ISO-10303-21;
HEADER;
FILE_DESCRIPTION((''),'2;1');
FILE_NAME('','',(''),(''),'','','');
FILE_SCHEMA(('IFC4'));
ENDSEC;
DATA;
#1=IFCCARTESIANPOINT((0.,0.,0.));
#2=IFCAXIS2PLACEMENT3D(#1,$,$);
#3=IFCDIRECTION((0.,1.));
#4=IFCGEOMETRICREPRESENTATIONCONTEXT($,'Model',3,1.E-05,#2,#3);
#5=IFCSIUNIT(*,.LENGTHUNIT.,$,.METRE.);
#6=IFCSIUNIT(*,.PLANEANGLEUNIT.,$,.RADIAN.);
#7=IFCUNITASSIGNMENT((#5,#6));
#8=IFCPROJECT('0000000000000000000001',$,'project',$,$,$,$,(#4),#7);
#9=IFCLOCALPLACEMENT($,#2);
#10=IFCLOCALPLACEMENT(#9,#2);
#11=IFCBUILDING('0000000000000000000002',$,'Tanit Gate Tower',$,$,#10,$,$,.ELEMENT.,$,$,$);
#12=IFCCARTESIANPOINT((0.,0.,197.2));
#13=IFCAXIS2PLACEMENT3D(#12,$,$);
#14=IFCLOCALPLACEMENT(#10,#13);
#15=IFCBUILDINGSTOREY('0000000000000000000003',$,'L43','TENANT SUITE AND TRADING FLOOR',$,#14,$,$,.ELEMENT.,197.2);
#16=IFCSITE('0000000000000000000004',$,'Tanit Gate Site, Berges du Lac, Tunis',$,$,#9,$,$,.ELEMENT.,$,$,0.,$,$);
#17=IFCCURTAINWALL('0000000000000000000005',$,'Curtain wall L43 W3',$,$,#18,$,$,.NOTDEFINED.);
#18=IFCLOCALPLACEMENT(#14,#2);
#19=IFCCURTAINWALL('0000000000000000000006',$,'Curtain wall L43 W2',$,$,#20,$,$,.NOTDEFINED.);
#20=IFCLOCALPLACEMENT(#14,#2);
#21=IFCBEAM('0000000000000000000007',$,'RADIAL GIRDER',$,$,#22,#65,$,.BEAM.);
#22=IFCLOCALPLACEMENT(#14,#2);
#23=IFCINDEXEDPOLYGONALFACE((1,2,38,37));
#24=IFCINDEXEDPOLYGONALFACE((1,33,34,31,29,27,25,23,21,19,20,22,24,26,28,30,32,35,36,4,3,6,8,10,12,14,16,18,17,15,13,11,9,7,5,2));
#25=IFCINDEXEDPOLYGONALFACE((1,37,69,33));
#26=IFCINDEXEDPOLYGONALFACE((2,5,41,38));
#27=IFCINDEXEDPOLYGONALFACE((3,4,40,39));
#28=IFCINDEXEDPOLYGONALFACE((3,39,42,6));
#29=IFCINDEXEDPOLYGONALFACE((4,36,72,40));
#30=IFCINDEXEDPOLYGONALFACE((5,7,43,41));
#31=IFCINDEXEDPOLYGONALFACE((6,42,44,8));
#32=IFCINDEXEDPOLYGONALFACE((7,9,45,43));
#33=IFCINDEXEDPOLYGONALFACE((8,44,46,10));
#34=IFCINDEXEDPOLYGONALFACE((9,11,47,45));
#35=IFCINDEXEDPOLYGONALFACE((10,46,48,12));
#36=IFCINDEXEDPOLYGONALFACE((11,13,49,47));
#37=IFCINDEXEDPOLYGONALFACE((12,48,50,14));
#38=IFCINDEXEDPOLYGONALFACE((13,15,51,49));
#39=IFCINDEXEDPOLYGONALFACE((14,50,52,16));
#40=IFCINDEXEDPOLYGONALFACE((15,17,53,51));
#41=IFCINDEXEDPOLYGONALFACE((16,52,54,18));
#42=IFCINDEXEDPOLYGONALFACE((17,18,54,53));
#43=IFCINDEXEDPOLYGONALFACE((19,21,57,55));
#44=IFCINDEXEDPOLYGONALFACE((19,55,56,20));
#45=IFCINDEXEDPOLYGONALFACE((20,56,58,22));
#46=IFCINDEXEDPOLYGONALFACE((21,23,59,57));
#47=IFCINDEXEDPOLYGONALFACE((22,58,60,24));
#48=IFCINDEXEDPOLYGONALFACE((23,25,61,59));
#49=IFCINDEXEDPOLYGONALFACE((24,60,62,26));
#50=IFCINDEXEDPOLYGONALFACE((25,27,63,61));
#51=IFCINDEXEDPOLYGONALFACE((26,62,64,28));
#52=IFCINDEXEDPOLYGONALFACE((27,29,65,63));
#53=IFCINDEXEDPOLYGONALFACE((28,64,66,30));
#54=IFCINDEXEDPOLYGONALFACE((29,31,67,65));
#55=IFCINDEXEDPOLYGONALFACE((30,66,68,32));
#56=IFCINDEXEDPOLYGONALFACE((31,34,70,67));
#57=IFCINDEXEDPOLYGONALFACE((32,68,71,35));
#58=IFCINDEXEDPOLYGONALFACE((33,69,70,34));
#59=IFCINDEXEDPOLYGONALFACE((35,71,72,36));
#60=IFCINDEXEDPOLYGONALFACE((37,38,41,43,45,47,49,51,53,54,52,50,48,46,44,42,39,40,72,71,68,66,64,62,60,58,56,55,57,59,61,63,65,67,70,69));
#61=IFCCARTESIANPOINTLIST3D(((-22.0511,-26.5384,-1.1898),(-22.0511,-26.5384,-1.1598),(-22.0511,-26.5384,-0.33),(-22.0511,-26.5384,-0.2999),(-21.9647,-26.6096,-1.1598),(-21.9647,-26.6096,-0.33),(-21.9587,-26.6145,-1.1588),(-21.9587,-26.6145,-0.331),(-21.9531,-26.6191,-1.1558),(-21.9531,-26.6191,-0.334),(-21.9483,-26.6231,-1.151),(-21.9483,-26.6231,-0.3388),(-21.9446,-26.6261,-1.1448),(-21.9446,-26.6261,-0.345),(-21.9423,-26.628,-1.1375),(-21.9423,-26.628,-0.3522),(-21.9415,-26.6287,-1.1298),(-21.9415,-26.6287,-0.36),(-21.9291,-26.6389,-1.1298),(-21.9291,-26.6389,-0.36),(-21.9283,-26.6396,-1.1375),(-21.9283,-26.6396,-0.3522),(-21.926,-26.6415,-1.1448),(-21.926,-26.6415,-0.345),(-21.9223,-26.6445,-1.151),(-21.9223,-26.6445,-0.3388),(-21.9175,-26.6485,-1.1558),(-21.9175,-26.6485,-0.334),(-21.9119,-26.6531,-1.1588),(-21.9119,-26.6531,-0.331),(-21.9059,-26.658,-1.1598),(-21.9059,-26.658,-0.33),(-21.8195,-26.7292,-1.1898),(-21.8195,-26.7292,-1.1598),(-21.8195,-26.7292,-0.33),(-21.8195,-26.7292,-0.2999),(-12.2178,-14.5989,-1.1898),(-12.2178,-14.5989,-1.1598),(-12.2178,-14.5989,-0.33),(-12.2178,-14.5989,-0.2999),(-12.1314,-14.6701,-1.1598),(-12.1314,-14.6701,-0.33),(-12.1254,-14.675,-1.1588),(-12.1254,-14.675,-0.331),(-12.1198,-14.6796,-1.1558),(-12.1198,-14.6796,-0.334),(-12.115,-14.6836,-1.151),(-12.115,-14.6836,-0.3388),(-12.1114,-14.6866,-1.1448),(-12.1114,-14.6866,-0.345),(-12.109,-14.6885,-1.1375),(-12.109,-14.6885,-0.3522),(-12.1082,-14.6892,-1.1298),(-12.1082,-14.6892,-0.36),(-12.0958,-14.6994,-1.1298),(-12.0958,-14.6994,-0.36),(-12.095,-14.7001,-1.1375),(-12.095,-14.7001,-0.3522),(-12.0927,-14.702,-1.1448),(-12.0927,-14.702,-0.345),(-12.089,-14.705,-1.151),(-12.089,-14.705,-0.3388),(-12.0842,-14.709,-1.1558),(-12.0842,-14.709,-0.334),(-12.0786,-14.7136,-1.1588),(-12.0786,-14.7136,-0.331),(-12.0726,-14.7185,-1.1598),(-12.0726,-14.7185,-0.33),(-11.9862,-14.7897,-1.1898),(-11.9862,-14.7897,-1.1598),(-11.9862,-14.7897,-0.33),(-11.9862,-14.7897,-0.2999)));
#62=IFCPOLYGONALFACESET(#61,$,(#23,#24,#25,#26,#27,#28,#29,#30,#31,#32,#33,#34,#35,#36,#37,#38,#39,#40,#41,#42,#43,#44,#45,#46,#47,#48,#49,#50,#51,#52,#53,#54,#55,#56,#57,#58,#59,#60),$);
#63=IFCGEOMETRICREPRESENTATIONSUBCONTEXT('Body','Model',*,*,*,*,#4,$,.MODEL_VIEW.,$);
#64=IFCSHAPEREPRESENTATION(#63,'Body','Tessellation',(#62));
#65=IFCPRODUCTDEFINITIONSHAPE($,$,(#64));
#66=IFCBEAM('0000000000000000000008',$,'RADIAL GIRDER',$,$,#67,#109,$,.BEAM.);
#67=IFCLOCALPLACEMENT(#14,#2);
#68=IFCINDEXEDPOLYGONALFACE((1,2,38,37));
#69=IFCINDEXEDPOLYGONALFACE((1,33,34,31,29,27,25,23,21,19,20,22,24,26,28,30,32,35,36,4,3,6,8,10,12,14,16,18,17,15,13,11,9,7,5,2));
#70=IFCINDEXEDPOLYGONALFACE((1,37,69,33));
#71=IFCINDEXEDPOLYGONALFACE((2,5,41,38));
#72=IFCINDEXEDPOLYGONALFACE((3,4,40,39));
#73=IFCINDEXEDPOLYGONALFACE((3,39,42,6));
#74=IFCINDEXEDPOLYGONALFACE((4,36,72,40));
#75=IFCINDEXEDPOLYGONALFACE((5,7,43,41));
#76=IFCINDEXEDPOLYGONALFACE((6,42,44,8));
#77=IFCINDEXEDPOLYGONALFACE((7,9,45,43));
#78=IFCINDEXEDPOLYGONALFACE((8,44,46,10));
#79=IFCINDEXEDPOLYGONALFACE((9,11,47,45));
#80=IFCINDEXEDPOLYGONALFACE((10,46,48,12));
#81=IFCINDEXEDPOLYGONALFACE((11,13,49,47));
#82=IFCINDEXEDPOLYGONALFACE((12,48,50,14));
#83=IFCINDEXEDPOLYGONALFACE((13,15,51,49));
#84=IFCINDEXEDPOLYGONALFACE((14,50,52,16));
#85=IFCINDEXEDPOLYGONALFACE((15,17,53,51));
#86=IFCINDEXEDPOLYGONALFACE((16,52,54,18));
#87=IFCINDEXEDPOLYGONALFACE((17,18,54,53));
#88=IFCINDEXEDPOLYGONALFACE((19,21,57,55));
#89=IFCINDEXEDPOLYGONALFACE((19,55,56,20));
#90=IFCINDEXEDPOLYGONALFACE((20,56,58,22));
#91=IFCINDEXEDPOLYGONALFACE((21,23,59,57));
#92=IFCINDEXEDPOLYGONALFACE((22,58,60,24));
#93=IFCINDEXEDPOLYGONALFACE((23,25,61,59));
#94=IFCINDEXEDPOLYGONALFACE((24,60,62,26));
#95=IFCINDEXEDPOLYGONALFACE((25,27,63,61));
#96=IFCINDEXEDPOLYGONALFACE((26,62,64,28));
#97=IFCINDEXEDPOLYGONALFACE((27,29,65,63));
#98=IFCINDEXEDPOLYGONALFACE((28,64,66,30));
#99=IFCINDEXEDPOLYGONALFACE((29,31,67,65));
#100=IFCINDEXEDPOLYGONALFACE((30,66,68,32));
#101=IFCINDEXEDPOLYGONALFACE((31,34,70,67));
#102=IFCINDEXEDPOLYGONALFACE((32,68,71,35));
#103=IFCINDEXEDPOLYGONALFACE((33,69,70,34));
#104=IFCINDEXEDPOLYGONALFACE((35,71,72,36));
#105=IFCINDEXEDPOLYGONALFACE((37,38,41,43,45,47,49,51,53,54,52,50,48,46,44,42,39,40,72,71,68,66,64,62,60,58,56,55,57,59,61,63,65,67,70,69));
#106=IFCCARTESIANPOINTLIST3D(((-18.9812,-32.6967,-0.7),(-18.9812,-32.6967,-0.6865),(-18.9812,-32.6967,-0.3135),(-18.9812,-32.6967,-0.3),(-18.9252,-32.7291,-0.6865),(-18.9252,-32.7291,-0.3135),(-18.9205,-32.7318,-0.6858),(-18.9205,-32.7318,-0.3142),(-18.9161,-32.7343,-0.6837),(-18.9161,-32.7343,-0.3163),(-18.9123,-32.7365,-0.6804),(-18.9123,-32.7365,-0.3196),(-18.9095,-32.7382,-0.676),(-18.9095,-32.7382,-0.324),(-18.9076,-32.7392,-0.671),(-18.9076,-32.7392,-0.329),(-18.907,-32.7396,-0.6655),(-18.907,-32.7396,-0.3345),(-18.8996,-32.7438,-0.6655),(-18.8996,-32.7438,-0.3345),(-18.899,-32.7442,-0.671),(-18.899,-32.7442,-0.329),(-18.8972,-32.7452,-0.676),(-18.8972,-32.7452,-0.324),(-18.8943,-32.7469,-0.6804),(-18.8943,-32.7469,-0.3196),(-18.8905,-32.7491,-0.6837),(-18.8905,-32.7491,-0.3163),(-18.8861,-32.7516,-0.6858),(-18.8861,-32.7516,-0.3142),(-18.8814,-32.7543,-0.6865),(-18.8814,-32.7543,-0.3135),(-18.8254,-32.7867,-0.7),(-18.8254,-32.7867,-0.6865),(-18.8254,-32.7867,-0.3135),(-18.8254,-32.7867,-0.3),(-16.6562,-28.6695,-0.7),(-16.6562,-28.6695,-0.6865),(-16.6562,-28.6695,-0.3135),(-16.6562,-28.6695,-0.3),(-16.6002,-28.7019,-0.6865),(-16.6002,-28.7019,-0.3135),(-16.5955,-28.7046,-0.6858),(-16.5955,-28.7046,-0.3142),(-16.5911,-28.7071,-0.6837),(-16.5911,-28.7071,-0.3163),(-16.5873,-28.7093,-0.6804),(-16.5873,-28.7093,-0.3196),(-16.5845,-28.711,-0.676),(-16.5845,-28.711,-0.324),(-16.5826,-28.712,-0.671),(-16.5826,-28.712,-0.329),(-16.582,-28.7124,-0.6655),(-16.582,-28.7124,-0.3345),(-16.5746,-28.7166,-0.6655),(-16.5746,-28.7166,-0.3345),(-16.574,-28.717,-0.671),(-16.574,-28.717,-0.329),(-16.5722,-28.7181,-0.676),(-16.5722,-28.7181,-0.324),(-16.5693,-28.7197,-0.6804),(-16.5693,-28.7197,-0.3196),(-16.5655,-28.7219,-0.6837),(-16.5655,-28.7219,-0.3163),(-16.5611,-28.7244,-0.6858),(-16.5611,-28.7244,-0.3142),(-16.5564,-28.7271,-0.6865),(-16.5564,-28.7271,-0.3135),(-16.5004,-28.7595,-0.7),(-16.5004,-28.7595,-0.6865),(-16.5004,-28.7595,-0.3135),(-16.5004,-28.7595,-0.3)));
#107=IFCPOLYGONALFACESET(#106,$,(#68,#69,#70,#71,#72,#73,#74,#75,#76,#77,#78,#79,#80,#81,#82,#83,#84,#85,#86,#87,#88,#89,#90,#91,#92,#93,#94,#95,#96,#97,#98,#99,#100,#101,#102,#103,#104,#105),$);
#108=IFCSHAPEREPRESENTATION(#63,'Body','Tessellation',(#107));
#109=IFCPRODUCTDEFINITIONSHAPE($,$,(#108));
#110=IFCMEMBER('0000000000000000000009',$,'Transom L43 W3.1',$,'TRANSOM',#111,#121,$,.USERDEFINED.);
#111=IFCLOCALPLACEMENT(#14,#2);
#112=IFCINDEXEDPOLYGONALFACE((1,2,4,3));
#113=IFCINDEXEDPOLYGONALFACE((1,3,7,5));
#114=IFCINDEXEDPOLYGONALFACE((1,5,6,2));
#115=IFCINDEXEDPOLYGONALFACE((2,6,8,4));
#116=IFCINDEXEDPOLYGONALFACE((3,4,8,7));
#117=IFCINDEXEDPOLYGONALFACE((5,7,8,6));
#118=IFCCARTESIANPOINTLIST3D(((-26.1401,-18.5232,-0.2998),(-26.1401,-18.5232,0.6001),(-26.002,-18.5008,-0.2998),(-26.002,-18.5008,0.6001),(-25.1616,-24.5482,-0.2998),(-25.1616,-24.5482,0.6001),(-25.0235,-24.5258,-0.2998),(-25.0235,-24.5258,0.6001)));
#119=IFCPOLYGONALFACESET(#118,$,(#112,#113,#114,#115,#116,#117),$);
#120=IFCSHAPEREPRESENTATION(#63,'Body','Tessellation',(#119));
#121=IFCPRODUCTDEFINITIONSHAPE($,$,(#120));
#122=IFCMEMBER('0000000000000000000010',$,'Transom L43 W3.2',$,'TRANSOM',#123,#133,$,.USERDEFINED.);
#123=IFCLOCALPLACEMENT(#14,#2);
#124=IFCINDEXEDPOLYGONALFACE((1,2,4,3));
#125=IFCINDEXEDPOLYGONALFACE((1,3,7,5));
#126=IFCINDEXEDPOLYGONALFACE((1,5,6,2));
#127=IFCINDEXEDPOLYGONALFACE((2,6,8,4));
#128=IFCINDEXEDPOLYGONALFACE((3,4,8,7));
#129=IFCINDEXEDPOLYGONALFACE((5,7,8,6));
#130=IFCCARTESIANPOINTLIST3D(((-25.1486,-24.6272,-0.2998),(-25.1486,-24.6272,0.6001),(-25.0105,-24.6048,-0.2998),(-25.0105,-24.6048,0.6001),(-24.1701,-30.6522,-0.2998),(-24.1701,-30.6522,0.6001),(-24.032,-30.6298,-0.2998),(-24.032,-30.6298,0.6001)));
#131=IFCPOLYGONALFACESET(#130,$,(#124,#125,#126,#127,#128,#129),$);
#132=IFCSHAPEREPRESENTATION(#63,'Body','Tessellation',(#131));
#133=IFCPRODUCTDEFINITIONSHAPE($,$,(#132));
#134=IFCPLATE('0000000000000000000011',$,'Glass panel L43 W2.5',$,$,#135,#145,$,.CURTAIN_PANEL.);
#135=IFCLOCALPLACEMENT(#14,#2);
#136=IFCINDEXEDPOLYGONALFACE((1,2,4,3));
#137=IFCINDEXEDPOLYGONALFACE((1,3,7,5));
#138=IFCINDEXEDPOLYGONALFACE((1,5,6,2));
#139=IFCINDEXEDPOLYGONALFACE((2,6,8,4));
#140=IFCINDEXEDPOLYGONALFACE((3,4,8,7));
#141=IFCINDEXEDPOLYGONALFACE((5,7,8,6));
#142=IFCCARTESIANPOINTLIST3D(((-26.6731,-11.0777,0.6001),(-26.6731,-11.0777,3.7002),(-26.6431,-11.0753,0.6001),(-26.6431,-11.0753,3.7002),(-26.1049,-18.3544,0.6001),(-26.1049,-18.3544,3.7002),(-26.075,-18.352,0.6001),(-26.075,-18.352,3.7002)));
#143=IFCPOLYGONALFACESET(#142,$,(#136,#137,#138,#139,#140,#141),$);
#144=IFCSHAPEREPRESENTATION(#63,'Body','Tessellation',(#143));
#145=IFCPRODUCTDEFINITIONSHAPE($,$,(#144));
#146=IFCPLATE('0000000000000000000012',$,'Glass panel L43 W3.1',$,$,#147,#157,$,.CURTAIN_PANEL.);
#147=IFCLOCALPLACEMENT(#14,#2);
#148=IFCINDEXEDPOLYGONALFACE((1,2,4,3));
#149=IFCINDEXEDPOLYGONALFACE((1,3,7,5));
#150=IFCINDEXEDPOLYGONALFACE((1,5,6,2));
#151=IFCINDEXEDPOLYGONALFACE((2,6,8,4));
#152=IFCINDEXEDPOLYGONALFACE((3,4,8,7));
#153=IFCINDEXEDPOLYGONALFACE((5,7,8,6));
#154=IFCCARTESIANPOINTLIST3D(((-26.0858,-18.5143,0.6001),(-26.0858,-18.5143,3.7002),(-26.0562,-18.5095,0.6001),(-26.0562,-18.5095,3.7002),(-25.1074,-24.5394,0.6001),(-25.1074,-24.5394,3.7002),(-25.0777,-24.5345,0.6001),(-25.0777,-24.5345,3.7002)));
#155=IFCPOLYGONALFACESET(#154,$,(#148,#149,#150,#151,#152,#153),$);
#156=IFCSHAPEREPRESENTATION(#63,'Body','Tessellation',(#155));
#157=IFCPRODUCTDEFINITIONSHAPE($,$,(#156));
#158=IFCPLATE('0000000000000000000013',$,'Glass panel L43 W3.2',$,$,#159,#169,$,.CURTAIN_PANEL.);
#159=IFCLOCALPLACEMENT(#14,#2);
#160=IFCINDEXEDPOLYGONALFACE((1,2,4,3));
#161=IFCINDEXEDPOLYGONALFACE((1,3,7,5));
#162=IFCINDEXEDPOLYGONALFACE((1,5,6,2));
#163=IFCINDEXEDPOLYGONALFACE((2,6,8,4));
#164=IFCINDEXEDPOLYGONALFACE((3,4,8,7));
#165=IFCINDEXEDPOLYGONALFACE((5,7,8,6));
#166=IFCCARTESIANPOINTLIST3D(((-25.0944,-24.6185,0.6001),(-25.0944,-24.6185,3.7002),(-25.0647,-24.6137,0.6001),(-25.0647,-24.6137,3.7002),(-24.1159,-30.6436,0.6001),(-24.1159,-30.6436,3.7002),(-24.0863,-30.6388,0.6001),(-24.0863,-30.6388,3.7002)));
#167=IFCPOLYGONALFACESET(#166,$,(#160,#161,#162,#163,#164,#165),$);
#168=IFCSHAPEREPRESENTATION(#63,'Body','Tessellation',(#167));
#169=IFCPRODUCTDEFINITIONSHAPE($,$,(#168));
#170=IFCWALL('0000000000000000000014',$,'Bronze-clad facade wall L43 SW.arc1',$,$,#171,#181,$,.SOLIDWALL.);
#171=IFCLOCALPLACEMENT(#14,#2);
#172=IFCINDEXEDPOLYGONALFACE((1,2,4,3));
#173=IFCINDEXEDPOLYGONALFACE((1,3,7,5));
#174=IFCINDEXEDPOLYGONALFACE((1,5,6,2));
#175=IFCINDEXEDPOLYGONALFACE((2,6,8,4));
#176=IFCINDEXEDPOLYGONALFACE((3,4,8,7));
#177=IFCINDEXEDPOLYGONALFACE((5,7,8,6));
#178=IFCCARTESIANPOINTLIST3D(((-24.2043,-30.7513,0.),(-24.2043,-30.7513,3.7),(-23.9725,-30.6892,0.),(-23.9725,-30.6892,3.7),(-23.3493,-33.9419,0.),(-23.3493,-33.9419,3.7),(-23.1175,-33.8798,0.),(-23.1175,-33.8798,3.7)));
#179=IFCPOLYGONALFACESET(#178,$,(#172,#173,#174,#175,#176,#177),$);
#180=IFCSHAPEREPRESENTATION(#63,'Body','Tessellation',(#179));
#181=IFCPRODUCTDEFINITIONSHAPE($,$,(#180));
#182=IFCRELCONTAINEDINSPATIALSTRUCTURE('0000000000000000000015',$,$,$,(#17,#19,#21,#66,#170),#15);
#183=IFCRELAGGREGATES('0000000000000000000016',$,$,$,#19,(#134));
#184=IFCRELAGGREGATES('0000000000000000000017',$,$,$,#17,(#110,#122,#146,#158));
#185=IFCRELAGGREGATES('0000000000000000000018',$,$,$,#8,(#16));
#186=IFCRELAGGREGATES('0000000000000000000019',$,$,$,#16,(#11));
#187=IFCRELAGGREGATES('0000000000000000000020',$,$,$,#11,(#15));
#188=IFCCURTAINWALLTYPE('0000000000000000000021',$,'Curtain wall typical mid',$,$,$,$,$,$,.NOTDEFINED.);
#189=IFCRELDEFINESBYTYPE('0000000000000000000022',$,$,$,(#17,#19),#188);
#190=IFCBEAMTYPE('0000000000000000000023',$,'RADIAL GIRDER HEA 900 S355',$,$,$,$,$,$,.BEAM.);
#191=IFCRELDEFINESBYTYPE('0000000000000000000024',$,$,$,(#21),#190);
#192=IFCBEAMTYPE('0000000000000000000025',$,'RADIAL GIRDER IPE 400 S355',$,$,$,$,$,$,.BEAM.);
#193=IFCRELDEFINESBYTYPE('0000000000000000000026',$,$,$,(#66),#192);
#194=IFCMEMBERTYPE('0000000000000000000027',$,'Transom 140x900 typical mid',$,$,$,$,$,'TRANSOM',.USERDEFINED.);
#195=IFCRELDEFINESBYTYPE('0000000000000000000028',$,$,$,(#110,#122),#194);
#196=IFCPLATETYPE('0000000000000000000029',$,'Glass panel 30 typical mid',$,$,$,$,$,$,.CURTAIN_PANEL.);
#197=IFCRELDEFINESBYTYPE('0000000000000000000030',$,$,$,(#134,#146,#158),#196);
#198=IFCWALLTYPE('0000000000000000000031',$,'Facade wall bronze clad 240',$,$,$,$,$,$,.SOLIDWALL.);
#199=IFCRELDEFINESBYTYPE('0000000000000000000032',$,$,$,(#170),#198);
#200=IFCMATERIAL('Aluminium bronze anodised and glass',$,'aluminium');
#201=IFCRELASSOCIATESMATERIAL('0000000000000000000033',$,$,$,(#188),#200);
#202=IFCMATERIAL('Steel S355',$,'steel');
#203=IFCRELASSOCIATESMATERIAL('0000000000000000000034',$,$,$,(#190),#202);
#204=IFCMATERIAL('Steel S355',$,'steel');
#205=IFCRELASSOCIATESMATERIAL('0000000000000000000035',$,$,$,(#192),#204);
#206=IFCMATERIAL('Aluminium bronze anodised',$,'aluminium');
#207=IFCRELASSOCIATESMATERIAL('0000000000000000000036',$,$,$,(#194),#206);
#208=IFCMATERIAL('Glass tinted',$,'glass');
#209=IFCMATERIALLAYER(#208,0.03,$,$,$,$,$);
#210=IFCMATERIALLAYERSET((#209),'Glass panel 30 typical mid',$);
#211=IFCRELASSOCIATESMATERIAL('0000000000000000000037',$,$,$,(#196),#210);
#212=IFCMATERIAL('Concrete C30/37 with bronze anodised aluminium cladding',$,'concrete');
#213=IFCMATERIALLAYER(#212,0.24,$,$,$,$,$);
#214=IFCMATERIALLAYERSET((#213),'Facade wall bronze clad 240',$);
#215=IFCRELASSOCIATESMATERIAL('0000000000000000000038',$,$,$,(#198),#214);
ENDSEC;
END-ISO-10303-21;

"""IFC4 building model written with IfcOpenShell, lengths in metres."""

from ifc_helpers import new_model, si_unit, direction, frame, frame_2d, origin, origin_2d, place, context, subcontext, project, spatial, rectangle, i_section, extrude, material, layer, layer_set, material_profile, profile_set, type_object, element, aggregate, save


model = new_model("IFC4")

# Units and contexts
model_context = context("Model", 3, precision=1e-05, world=origin(), true_north=direction((0.0, 1.0)))
body_context = subcontext(model_context, "Body", "Model", "MODEL_VIEW")
ifc_project = project(units=[si_unit("LENGTHUNIT", "METRE"), si_unit("PLANEANGLEUNIT", "RADIAN")], contexts=[model_context])

# Site, building, storey
site_placement = place(None, origin())
site = spatial("IfcSite", under=ifc_project, at=site_placement, Name="Tanit Gate Site, Berges du Lac, Tunis", CompositionType="ELEMENT", RefElevation=0.0)
building_placement = place(site_placement, origin())
building = spatial("IfcBuilding", under=site, at=building_placement, Name="Tanit Gate Tower", CompositionType="ELEMENT")
storey_placement = place(building_placement, frame((0.0, 0.0, 197.2)))
storey = spatial("IfcBuildingStorey", under=building, at=storey_placement, Name="L43", Description="TENANT SUITE AND TRADING FLOOR", CompositionType="ELEMENT", Elevation=197.2)

# Curtain wall
ifc_material_1 = material(Name="Aluminium bronze anodised and glass", Category="aluminium")
curtain_wall_type = type_object("IfcCurtainWallType", Name="Curtain wall typical mid", PredefinedType="NOTDEFINED", material=ifc_material_1)
curtain_wall_1_placement = place(storey_placement, origin())
curtain_wall_1 = element("IfcCurtainWall", 1, at=curtain_wall_1_placement, inside=storey, type_object=curtain_wall_type, Name="Curtain wall L43 W3", PredefinedType="NOTDEFINED")

# Curtain wall
curtain_wall_2_placement = place(storey_placement, origin())
curtain_wall_2 = element("IfcCurtainWall", 2, at=curtain_wall_2_placement, inside=storey, type_object=curtain_wall_type, Name="Curtain wall L43 W2", PredefinedType="NOTDEFINED")

# Beams
ifc_material_2 = material(Name="Steel S355", Category="steel")
ifc_material_profile_1 = material_profile(ifc_material_2, i_section(OverallWidth=0.3, OverallDepth=0.8899, WebThickness=0.0161, FlangeThickness=0.03, FilletRadius=0.03, at=origin_2d()), Name="HEA 900")
ifc_profile_set_1 = profile_set([ifc_material_profile_1], Name="Steel S355")
beam_type_1 = type_object("IfcBeamType", Name="RADIAL GIRDER HEA 900 S355", PredefinedType="BEAM", material=ifc_profile_set_1)
beam_1_placement = place(storey_placement, frame((-21.9353, -26.6338, -0.7449), z_axis=(0.635737, 0.771906, 0.0), x_axis=(-0.771906, 0.635737, 0.0)))
element("IfcBeam", 3, at=beam_1_placement, inside=storey, type_object=beam_type_1, Name="RADIAL GIRDER", PredefinedType="BEAM", context=body_context, shape_type="SweptSolid", body=[
    extrude(i_section(OverallWidth=0.3, OverallDepth=0.8899, WebThickness=0.0161, FlangeThickness=0.03, FilletRadius=0.03, at=origin_2d()), origin(), (0.0, 0.0, 1.0), 15.4675),
])
ifc_material_3 = material(Name="Steel S355", Category="steel")
ifc_material_profile_2 = material_profile(ifc_material_3, i_section(OverallWidth=0.1799, OverallDepth=0.3999, WebThickness=0.0085, FlangeThickness=0.0134, FilletRadius=0.021, at=origin_2d()), Name="IPE 400")
ifc_profile_set_2 = profile_set([ifc_material_profile_2], Name="Steel S355")
beam_type_2 = type_object("IfcBeamType", Name="RADIAL GIRDER IPE 400 S355", PredefinedType="BEAM", material=ifc_profile_set_2)
beam_2_placement = place(storey_placement, frame((-18.9033, -32.7417, -0.5), z_axis=(0.499985, 0.866034, 0.0), x_axis=(-0.866034, 0.499985, 0.0)))
element("IfcBeam", 4, at=beam_2_placement, inside=storey, type_object=beam_type_2, Name="RADIAL GIRDER", PredefinedType="BEAM", context=body_context, shape_type="SweptSolid", body=[
    extrude(i_section(OverallWidth=0.1799, OverallDepth=0.3999, WebThickness=0.0085, FlangeThickness=0.0134, FilletRadius=0.021, at=origin_2d()), origin(), (0.0, 0.0, 1.0), 4.6501),
])

# Members
ifc_material_4 = material(Name="Aluminium bronze anodised", Category="aluminium")
ifc_material_profile_3 = material_profile(ifc_material_4, rectangle(XDim=0.1399, YDim=0.8999, at=origin_2d()), Name="140x900 bronze transom")
ifc_profile_set_3 = profile_set([ifc_material_profile_3], Name="Aluminium bronze anodised")
member_type_1 = type_object("IfcMemberType", Name="Transom 140x900 typical mid", ElementType="TRANSOM", PredefinedType="USERDEFINED", material=ifc_profile_set_3)
member_1_placement = place(storey_placement, frame((-26.071, -18.512, 0.1501), z_axis=(0.160305, -0.987068, 0.0), x_axis=(0.987068, 0.160305, 0.0)))
member_1 = element("IfcMember", 5, at=member_1_placement, type_object=member_type_1, Name="Transom L43 W3.1", ObjectType="TRANSOM", PredefinedType="USERDEFINED", context=body_context, shape_type="SweptSolid", body=[
    extrude(rectangle(XDim=0.1399, YDim=0.8999, at=origin_2d()), origin(), (0.0, 0.0, 1.0), 6.104),
])
member_2_placement = place(storey_placement, frame((-25.0796, -24.616, 0.1501), z_axis=(0.160305, -0.987068, 0.0), x_axis=(0.987068, 0.160305, 0.0)))
member_2 = element("IfcMember", 6, at=member_2_placement, type_object=member_type_1, Name="Transom L43 W3.2", ObjectType="TRANSOM", PredefinedType="USERDEFINED", context=body_context, shape_type="SweptSolid", body=[
    extrude(rectangle(XDim=0.1399, YDim=0.8999, at=origin_2d()), origin(), (0.0, 0.0, 1.0), 6.104),
])

# Plates
ifc_material_5 = material(Name="Glass tinted", Category="glass")
ifc_layer_1 = layer(ifc_material_5, 0.03)
ifc_layer_set_1 = layer_set([ifc_layer_1], Name="Glass panel 30 typical mid")
plate_type = type_object("IfcPlateType", Name="Glass panel 30 typical mid", PredefinedType="CURTAIN_PANEL", material=ifc_layer_set_1)
plate_1_placement = place(storey_placement, frame((-26.374, -14.7148, 0.6001), z_axis=(0.0, 0.0, 1.0), x_axis=(0.077839, -0.996966, 0.0)))
plate_1 = element("IfcPlate", 7, at=plate_1_placement, type_object=plate_type, Name="Glass panel L43 W2.5", PredefinedType="CURTAIN_PANEL", context=body_context, shape_type="SweptSolid", body=[
    extrude(rectangle(XDim=7.2988, YDim=0.03, at=origin_2d()), origin(), (0.0, 0.0, 1.0), 3.1001),
])
aggregate(curtain_wall_2, [plate_1])
plate_2_placement = place(storey_placement, frame((-25.5818, -21.5244, 0.6001), z_axis=(0.0, 0.0, 1.0), x_axis=(0.1603, -0.987068, 0.0)))
plate_2 = element("IfcPlate", 8, at=plate_2_placement, type_object=plate_type, Name="Glass panel L43 W3.1", PredefinedType="CURTAIN_PANEL", context=body_context, shape_type="SweptSolid", body=[
    extrude(rectangle(XDim=6.104, YDim=0.03, at=origin_2d()), origin(), (0.0, 0.0, 1.0), 3.1001),
])
plate_3_placement = place(storey_placement, frame((-24.5903, -27.6287, 0.6001), z_axis=(0.0, 0.0, 1.0), x_axis=(0.1603, -0.987068, 0.0)))
plate_3 = element("IfcPlate", 9, at=plate_3_placement, type_object=plate_type, Name="Glass panel L43 W3.2", PredefinedType="CURTAIN_PANEL", context=body_context, shape_type="SweptSolid", body=[
    extrude(rectangle(XDim=6.104, YDim=0.03, at=origin_2d()), origin(), (0.0, 0.0, 1.0), 3.1001),
])
aggregate(curtain_wall_1, [member_1, member_2, plate_2, plate_3])

# Wall
ifc_material_6 = material(Name="Concrete C30/37 with bronze anodised aluminium cladding", Category="concrete")
ifc_layer_2 = layer(ifc_material_6, 0.24)
ifc_layer_set_2 = layer_set([ifc_layer_2], Name="Facade wall bronze clad 240")
wall_type_1 = type_object("IfcWallType", Name="Facade wall bronze clad 240", PredefinedType="SOLIDWALL", material=ifc_layer_set_2)
wall_1_placement = place(storey_placement, frame((-24.0884, -30.7202, 0.0), z_axis=(0.0, 0.0, 1.0), x_axis=(0.258831, -0.965923, 0.0)))
element("IfcWall", 10, at=wall_1_placement, inside=storey, type_object=wall_type_1, Name="Bronze-clad facade wall L43 SW.arc1", PredefinedType="SOLIDWALL", context=body_context, shape_type="SweptSolid", body=[
    extrude(rectangle(XDim=3.3032, YDim=0.24, at=frame_2d((1.6516, 0.0))), origin(), (0.0, 0.0, 1.0), 3.7),
])

save(model, "model.ifc")
